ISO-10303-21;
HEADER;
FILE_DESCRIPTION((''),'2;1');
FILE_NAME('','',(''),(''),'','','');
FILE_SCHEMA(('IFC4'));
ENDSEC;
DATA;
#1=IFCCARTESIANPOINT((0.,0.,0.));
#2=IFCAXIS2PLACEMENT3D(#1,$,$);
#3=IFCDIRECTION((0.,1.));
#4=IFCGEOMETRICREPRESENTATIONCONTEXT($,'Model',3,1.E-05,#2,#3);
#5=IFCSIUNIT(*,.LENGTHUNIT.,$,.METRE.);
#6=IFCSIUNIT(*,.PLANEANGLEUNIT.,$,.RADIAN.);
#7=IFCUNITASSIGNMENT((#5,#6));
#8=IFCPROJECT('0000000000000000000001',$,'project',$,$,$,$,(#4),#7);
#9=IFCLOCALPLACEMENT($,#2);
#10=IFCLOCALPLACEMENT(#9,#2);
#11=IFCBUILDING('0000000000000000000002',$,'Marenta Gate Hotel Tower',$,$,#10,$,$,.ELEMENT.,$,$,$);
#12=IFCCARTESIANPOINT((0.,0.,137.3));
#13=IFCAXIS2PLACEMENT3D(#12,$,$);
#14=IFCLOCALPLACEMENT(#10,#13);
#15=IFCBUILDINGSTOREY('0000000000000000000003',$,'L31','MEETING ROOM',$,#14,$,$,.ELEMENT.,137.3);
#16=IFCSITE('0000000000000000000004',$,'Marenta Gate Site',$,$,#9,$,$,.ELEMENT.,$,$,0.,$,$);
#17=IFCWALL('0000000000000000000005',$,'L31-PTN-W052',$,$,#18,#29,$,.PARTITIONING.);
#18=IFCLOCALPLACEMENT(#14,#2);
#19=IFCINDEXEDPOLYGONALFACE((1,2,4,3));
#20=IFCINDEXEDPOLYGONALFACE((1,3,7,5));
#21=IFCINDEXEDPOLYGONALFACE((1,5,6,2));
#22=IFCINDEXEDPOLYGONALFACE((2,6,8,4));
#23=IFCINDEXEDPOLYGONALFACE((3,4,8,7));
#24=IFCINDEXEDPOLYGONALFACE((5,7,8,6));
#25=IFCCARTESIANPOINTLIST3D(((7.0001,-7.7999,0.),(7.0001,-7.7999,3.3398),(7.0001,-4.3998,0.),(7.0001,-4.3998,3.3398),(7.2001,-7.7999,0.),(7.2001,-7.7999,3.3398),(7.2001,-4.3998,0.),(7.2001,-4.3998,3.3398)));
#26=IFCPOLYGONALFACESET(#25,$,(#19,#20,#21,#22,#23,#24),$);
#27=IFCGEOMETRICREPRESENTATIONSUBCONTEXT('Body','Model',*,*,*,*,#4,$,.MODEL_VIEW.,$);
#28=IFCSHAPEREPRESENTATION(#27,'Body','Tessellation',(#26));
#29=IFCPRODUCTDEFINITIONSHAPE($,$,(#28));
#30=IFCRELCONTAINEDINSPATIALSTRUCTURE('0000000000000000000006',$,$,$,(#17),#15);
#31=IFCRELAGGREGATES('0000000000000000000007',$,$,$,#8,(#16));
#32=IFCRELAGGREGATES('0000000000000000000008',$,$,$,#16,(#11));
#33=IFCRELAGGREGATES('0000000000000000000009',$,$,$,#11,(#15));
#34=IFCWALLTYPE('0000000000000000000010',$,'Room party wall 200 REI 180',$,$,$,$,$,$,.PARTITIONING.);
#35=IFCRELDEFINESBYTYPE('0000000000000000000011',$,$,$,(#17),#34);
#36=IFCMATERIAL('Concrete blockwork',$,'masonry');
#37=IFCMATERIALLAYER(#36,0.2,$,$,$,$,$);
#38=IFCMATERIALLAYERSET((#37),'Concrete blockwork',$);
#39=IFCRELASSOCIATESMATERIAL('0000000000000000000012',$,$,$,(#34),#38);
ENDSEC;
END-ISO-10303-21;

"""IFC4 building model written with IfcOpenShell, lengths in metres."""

from ifc_helpers import new_model, si_unit, direction, frame, frame_2d, origin, place, context, subcontext, project, spatial, rectangle, extrude, material, layer, layer_set, type_object, element, save


model = new_model("IFC4")

# Units and contexts
model_context = context("Model", 3, precision=1e-05, world=origin(), true_north=direction((0.0, 1.0)))
body_context = subcontext(model_context, "Body", "Model", "MODEL_VIEW")
ifc_project = project(units=[si_unit("LENGTHUNIT", "METRE"), si_unit("PLANEANGLEUNIT", "RADIAN")], contexts=[model_context])

# Site, building, storey
site_placement = place(None, origin())
site = spatial("IfcSite", under=ifc_project, at=site_placement, Name="Marenta Gate Site", CompositionType="ELEMENT", RefElevation=0.0)
building_placement = place(site_placement, origin())
building = spatial("IfcBuilding", under=site, at=building_placement, Name="Marenta Gate Hotel Tower", CompositionType="ELEMENT")
storey_placement = place(building_placement, frame((0.0, 0.0, 137.3)))
storey = spatial("IfcBuildingStorey", under=building, at=storey_placement, Name="L31", Description="MEETING ROOM", CompositionType="ELEMENT", Elevation=137.3)

# Wall
ifc_material_1 = material(Name="Concrete blockwork", Category="masonry")
ifc_layer_1 = layer(ifc_material_1, 0.2)
ifc_layer_set_1 = layer_set([ifc_layer_1], Name="Concrete blockwork")
wall_type_1 = type_object("IfcWallType", Name="Room party wall 200 REI 180", PredefinedType="PARTITIONING", material=ifc_layer_set_1)
wall_1_placement = place(storey_placement, frame((7.1001, -7.8, 0.0), z_axis=(0.0, 0.0, 1.0), x_axis=(0.0, 1.0, 0.0)))
element("IfcWall", 1, at=wall_1_placement, inside=storey, type_object=wall_type_1, Name="L31-PTN-W052", PredefinedType="PARTITIONING", context=body_context, shape_type="SweptSolid", body=[
    extrude(rectangle(XDim=3.4001, YDim=0.2, at=frame_2d((1.7002, 0.0))), origin(), (0.0, 0.0, 1.0), 3.3398),
])

save(model, "model.ifc")
